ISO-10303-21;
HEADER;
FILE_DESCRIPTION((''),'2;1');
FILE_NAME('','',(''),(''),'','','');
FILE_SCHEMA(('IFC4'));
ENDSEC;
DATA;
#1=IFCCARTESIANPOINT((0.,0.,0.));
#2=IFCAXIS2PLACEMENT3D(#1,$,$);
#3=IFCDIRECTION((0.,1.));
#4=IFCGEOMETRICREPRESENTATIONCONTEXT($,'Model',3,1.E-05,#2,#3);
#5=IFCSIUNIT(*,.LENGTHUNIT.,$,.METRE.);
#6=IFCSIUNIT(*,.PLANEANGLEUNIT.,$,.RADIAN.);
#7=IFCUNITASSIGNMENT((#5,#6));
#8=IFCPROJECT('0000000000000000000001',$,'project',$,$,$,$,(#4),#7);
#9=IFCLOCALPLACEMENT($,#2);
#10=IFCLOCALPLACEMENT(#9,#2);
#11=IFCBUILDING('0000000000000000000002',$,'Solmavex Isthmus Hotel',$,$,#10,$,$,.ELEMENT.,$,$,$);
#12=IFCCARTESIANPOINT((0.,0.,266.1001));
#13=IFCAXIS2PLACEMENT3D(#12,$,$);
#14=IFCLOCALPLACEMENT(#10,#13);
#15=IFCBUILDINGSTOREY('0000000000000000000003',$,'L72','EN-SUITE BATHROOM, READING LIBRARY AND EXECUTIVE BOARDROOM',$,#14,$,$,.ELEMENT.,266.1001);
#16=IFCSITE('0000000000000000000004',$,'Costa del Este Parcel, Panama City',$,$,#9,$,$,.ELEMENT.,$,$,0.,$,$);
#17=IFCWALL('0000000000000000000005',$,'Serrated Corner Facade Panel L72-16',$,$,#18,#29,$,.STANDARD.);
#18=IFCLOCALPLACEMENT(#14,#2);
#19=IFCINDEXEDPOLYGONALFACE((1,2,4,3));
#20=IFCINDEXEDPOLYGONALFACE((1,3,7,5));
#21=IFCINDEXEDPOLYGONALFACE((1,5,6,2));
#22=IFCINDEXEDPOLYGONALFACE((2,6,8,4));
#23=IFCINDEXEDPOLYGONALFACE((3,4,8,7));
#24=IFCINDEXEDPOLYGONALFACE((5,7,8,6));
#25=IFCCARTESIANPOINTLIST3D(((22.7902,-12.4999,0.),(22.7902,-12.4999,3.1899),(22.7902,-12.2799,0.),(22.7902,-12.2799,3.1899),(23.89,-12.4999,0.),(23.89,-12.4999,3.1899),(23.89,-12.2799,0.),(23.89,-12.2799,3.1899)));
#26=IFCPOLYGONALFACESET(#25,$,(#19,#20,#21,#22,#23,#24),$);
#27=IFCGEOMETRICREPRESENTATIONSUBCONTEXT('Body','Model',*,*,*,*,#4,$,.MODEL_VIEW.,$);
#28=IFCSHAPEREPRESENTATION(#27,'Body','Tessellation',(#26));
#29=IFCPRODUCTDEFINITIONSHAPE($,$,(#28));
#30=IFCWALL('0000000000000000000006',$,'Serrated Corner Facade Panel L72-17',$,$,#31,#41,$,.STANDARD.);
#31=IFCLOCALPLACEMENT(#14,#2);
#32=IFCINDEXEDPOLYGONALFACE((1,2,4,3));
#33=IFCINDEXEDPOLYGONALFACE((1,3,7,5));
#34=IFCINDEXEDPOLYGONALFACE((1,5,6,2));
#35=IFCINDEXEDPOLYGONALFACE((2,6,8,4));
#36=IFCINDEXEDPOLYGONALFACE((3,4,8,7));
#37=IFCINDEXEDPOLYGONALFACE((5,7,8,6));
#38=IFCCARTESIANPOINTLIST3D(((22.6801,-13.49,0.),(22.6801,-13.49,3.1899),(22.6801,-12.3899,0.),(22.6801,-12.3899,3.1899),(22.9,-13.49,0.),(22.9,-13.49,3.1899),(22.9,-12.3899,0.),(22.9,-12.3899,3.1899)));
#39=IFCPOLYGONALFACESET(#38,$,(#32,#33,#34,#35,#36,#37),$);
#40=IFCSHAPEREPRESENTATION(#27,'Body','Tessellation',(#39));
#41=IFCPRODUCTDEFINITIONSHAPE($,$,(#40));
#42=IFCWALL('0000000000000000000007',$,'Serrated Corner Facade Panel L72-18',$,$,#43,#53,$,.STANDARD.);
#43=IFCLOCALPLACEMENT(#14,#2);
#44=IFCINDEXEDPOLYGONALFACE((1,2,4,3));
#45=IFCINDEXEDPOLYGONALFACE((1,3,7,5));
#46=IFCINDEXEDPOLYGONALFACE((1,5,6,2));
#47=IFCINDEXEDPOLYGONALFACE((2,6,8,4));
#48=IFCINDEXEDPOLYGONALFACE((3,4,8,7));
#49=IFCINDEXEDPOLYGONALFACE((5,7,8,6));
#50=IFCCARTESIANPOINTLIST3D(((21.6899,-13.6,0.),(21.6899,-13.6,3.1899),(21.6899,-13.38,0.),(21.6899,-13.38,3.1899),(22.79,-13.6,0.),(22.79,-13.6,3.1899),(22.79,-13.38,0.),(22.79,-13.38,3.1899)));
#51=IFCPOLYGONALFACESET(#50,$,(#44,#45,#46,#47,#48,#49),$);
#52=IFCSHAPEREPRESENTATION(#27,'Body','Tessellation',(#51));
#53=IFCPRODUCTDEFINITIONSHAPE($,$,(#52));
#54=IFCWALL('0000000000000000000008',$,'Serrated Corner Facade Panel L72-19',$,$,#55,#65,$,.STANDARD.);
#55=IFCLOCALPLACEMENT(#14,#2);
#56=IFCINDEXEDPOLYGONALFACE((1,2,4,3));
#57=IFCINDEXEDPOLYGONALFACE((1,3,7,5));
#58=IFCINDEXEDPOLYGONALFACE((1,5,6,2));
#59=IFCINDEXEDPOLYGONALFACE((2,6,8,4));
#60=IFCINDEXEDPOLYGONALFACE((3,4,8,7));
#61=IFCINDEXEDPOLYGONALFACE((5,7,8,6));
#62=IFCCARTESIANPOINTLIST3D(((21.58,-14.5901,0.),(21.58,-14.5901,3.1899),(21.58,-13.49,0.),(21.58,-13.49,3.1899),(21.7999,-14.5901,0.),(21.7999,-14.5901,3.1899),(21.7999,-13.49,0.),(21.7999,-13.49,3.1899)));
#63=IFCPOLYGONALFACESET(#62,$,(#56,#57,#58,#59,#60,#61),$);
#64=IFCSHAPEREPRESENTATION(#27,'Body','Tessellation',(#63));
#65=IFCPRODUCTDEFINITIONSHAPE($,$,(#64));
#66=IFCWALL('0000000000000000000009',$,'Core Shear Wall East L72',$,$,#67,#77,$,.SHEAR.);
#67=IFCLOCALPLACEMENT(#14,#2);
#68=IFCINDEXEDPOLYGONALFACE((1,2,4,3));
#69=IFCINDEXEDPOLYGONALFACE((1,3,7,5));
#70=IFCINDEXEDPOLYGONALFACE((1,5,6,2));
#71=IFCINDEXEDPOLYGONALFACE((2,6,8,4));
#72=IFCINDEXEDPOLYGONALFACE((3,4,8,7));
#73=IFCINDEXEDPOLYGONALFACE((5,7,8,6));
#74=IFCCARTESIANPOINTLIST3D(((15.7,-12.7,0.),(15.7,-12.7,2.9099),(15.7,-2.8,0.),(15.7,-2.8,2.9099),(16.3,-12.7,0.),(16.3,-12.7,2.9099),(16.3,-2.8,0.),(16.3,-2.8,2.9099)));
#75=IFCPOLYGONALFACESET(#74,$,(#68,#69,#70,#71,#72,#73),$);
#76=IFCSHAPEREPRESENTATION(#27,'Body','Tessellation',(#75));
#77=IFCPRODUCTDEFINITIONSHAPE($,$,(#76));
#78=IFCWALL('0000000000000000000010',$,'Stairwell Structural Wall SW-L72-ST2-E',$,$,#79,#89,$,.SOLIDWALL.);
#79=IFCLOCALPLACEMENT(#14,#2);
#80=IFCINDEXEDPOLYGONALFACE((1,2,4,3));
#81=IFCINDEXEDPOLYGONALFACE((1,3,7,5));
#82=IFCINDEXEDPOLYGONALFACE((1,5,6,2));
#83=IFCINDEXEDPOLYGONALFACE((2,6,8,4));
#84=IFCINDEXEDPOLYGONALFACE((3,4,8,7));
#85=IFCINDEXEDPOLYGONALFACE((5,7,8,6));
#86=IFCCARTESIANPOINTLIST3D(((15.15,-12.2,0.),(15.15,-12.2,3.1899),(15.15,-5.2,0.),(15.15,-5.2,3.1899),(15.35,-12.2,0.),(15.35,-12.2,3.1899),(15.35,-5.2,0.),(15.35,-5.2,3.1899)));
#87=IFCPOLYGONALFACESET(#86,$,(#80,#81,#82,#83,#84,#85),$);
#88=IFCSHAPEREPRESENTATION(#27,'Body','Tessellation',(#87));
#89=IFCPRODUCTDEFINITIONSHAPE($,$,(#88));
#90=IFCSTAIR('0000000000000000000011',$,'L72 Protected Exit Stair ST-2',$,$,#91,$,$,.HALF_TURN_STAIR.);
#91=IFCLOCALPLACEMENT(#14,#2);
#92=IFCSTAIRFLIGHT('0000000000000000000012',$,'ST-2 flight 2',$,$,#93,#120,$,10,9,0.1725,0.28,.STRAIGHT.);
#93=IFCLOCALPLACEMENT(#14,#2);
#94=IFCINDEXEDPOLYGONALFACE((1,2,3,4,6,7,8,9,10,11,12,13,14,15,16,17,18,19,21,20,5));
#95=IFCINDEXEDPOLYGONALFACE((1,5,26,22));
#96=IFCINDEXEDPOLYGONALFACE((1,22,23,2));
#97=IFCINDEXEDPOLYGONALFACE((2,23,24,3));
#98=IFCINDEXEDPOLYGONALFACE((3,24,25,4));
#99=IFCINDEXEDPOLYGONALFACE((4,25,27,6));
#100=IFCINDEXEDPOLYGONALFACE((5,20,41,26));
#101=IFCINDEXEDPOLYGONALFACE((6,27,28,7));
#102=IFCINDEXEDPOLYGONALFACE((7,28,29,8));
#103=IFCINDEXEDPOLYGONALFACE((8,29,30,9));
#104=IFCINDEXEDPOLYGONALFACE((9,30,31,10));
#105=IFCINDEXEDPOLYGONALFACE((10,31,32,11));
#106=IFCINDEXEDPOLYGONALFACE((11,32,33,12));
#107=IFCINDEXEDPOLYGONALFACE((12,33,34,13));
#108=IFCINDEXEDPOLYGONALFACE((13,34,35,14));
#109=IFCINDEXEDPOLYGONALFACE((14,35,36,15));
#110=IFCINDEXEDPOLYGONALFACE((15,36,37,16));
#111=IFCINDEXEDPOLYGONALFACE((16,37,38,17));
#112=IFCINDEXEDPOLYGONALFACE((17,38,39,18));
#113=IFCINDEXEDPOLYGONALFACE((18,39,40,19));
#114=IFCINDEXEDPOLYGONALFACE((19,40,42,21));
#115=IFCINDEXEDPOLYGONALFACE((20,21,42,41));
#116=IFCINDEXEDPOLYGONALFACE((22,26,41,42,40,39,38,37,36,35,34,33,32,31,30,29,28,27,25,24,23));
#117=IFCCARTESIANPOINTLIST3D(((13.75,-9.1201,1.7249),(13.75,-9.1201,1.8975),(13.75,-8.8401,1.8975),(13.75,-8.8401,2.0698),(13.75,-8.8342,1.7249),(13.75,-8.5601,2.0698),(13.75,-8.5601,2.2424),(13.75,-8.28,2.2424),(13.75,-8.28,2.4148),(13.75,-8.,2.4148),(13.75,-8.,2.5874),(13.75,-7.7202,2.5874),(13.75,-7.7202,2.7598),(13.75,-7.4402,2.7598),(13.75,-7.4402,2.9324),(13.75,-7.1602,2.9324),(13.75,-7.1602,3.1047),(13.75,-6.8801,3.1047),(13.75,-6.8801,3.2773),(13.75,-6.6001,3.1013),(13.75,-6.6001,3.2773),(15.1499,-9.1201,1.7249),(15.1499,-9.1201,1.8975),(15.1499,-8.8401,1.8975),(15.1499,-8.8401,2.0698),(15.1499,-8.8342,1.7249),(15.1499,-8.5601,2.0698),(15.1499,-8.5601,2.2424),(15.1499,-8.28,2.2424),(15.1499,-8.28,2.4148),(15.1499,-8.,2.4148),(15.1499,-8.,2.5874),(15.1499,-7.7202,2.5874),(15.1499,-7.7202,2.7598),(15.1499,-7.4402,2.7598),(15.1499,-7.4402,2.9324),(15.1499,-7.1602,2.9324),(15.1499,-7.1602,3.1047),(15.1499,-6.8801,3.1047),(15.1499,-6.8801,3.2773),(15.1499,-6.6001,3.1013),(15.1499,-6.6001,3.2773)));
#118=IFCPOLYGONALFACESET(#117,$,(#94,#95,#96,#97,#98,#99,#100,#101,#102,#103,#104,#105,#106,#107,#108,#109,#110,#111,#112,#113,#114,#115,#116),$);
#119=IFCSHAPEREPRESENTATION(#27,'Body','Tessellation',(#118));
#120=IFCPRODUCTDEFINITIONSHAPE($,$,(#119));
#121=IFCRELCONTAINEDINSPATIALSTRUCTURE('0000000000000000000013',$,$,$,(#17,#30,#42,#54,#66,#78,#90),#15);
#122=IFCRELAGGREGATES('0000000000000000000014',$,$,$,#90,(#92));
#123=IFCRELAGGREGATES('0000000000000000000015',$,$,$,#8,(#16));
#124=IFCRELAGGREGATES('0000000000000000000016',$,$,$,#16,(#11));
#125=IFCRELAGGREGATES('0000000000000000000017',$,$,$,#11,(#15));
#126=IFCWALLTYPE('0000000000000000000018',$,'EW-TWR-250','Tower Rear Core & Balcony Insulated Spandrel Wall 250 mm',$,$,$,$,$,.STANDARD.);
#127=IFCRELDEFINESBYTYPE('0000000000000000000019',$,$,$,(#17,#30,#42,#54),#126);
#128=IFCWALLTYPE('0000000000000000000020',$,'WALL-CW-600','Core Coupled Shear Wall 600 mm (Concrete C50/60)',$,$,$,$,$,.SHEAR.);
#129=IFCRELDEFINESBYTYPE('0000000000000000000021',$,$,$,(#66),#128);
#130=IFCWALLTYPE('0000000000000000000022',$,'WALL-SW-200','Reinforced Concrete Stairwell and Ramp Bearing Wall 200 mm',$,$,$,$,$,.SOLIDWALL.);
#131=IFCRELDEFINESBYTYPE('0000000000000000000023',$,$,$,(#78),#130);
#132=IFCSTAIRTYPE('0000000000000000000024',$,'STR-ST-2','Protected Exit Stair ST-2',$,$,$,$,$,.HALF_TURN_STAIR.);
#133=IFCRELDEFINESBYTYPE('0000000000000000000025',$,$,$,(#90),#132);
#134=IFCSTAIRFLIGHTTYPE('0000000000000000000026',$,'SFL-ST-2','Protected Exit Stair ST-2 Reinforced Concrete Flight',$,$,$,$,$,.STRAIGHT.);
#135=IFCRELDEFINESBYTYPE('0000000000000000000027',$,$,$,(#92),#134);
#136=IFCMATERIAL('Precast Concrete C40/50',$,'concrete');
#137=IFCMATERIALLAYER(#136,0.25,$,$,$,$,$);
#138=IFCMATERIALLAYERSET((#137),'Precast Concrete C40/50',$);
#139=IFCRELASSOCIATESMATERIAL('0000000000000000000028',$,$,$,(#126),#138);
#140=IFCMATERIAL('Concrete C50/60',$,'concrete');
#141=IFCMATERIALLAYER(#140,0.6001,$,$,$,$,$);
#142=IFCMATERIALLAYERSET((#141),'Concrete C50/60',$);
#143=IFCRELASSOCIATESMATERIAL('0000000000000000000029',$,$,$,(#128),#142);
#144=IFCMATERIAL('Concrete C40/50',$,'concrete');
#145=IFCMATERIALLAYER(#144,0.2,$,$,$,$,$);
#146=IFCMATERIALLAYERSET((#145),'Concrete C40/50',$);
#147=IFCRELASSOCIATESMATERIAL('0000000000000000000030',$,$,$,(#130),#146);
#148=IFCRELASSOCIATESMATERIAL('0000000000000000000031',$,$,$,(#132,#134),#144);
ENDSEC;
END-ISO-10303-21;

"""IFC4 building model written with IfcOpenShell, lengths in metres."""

from ifc_helpers import new_model, si_unit, direction, frame, frame_2d, origin, place, context, subcontext, project, spatial, polyline, rectangle, outline, extrude, material, layer, layer_set, type_object, element, aggregate, save


model = new_model("IFC4")

# Units and contexts
model_context = context("Model", 3, precision=1e-05, world=origin(), true_north=direction((0.0, 1.0)))
body_context = subcontext(model_context, "Body", "Model", "MODEL_VIEW")
ifc_project = project(units=[si_unit("LENGTHUNIT", "METRE"), si_unit("PLANEANGLEUNIT", "RADIAN")], contexts=[model_context])

# Site, building, storey
site_placement = place(None, origin())
site = spatial("IfcSite", under=ifc_project, at=site_placement, Name="Costa del Este Parcel, Panama City", CompositionType="ELEMENT", RefElevation=0.0)
building_placement = place(site_placement, origin())
building = spatial("IfcBuilding", under=site, at=building_placement, Name="Solmavex Isthmus Hotel", CompositionType="ELEMENT")
storey_placement = place(building_placement, frame((0.0, 0.0, 266.1001)))
storey = spatial("IfcBuildingStorey", under=building, at=storey_placement, Name="L72", Description="EN-SUITE BATHROOM, READING LIBRARY AND EXECUTIVE BOARDROOM", CompositionType="ELEMENT", Elevation=266.1001)

# Shared definitions
ifc_material_1 = material(Name="Concrete C50/60", Category="concrete")

# Walls
ifc_material_2 = material(Name="Precast Concrete C40/50", Category="concrete")
ifc_layer_1 = layer(ifc_material_2, 0.25)
ifc_layer_set_1 = layer_set([ifc_layer_1], Name="Precast Concrete C40/50")
wall_type_1 = type_object("IfcWallType", Name="EW-TWR-250", Description="Tower Rear Core & Balcony Insulated Spandrel Wall 250 mm", PredefinedType="STANDARD", material=ifc_layer_set_1)
wall_1_placement = place(storey_placement, frame((23.8899, -12.3899, 0.0), z_axis=(0.0, 0.0, 1.0), x_axis=(-1.0, 0.0, 0.0)))
element("IfcWall", 1, at=wall_1_placement, inside=storey, type_object=wall_type_1, Name="Serrated Corner Facade Panel L72-16", PredefinedType="STANDARD", context=body_context, shape_type="SweptSolid", body=[
    extrude(rectangle(XDim=1.0999, YDim=0.22, at=frame_2d((0.5498, 0.0))), origin(), (0.0, 0.0, 1.0), 3.1899),
])
for number, where, z_axis, x_axis, name in (
    (2, (22.79, -12.3899, 0.0), (0.0, 0.0, 1.0), (0.0, -1.0, 0.0), "Serrated Corner Facade Panel L72-17"),
    (3, (22.79, -13.49, 0.0), (0.0, 0.0, 1.0), (-1.0, 0.0, 0.0), "Serrated Corner Facade Panel L72-18"),
    (4, (21.6899, -13.49, 0.0), (0.0, 0.0, 1.0), (0.0, -1.0, 0.0), "Serrated Corner Facade Panel L72-19"),
):
    element("IfcWall", number, at=place(storey_placement, frame(where, z_axis=z_axis, x_axis=x_axis)), inside=storey, type_object=wall_type_1, Name=name, PredefinedType="STANDARD", context=body_context, shape_type="SweptSolid", body=[
        extrude(rectangle(XDim=1.1001, YDim=0.22, at=frame_2d((0.55, 0.0))), origin(), (0.0, 0.0, 1.0), 3.1899),
    ])
ifc_layer_2 = layer(ifc_material_1, 0.6001)
ifc_layer_set_2 = layer_set([ifc_layer_2], Name="Concrete C50/60")
wall_type_2 = type_object("IfcWallType", Name="WALL-CW-600", Description="Core Coupled Shear Wall 600 mm (Concrete C50/60)", PredefinedType="SHEAR", material=ifc_layer_set_2)
wall_2_placement = place(storey_placement, frame((16.0, -12.7, 0.0), z_axis=(0.0, 0.0, 1.0), x_axis=(0.0, 1.0, 0.0)))
element("IfcWall", 5, at=wall_2_placement, inside=storey, type_object=wall_type_2, Name="Core Shear Wall East L72", PredefinedType="SHEAR", context=body_context, shape_type="SweptSolid", body=[
    extrude(rectangle(XDim=9.8999, YDim=0.6001, at=frame_2d((4.95, 0.0))), origin(), (0.0, 0.0, 1.0), 2.9099),
])
ifc_material_3 = material(Name="Concrete C40/50", Category="concrete")
ifc_layer_3 = layer(ifc_material_3, 0.2)
ifc_layer_set_3 = layer_set([ifc_layer_3], Name="Concrete C40/50")
wall_type_3 = type_object("IfcWallType", Name="WALL-SW-200", Description="Reinforced Concrete Stairwell and Ramp Bearing Wall 200 mm", PredefinedType="SOLIDWALL", material=ifc_layer_set_3)
wall_3_placement = place(storey_placement, frame((15.25, -12.2, 0.0), z_axis=(0.0, 0.0, 1.0), x_axis=(0.0, 1.0, 0.0)))
element("IfcWall", 6, at=wall_3_placement, inside=storey, type_object=wall_type_3, Name="Stairwell Structural Wall SW-L72-ST2-E", PredefinedType="SOLIDWALL", context=body_context, shape_type="SweptSolid", body=[
    extrude(rectangle(XDim=7.0, YDim=0.2, at=frame_2d((3.5, 0.0))), origin(), (0.0, 0.0, 1.0), 3.1899),
])

# Stair, stair flight
stair_type = type_object("IfcStairType", Name="STR-ST-2", Description="Protected Exit Stair ST-2", PredefinedType="HALF_TURN_STAIR", material=ifc_material_3)
stair_placement = place(storey_placement, origin())
stair = element("IfcStair", 7, at=stair_placement, inside=storey, type_object=stair_type, Name="L72 Protected Exit Stair ST-2", PredefinedType="HALF_TURN_STAIR")
stair_flight_type = type_object("IfcStairFlightType", Name="SFL-ST-2", Description="Protected Exit Stair ST-2 Reinforced Concrete Flight", PredefinedType="STRAIGHT", material=ifc_material_3)
stair_flight_placement = place(storey_placement, frame((14.45, -9.1201, 1.7249), z_axis=(0.0, 0.0, 1.0), x_axis=(0.0, 1.0, 0.0)))
stair_flight = element("IfcStairFlight", 8, at=stair_flight_placement, type_object=stair_flight_type, Name="ST-2 flight 2", NumberOfRisers=10, NumberOfTreads=9, PredefinedType="STRAIGHT", RiserHeight=0.1725, TreadLength=0.28, context=body_context, shape_type="SweptSolid", body=[
    extrude(outline(polyline([(0.0, 0.0), (0.0, 0.1726), (0.28, 0.1726), (0.28, 0.345), (0.5601, 0.345), (0.5601, 0.5176), (0.8401, 0.5176), (0.8401, 0.6899), (1.1201, 0.6899), (1.1201, 0.8625), (1.3999, 0.8625), (1.3999, 1.0349), (1.6799, 1.0349), (1.6799, 1.2075), (1.96, 1.2075), (1.96, 1.3799), (2.24, 1.3799), (2.24, 1.5525), (2.52, 1.5525), (2.52, 1.7251), (2.52, 1.3765), (0.2859, 0.0), (0.0, 0.0)])), frame((0.0, 0.7, 0.0), z_axis=(0.0, -1.0, 0.0), x_axis=(1.0, 0.0, 0.0)), (0.0, 0.0, 1.0), 1.3999),
])
aggregate(stair, [stair_flight])

save(model, "model.ifc")
